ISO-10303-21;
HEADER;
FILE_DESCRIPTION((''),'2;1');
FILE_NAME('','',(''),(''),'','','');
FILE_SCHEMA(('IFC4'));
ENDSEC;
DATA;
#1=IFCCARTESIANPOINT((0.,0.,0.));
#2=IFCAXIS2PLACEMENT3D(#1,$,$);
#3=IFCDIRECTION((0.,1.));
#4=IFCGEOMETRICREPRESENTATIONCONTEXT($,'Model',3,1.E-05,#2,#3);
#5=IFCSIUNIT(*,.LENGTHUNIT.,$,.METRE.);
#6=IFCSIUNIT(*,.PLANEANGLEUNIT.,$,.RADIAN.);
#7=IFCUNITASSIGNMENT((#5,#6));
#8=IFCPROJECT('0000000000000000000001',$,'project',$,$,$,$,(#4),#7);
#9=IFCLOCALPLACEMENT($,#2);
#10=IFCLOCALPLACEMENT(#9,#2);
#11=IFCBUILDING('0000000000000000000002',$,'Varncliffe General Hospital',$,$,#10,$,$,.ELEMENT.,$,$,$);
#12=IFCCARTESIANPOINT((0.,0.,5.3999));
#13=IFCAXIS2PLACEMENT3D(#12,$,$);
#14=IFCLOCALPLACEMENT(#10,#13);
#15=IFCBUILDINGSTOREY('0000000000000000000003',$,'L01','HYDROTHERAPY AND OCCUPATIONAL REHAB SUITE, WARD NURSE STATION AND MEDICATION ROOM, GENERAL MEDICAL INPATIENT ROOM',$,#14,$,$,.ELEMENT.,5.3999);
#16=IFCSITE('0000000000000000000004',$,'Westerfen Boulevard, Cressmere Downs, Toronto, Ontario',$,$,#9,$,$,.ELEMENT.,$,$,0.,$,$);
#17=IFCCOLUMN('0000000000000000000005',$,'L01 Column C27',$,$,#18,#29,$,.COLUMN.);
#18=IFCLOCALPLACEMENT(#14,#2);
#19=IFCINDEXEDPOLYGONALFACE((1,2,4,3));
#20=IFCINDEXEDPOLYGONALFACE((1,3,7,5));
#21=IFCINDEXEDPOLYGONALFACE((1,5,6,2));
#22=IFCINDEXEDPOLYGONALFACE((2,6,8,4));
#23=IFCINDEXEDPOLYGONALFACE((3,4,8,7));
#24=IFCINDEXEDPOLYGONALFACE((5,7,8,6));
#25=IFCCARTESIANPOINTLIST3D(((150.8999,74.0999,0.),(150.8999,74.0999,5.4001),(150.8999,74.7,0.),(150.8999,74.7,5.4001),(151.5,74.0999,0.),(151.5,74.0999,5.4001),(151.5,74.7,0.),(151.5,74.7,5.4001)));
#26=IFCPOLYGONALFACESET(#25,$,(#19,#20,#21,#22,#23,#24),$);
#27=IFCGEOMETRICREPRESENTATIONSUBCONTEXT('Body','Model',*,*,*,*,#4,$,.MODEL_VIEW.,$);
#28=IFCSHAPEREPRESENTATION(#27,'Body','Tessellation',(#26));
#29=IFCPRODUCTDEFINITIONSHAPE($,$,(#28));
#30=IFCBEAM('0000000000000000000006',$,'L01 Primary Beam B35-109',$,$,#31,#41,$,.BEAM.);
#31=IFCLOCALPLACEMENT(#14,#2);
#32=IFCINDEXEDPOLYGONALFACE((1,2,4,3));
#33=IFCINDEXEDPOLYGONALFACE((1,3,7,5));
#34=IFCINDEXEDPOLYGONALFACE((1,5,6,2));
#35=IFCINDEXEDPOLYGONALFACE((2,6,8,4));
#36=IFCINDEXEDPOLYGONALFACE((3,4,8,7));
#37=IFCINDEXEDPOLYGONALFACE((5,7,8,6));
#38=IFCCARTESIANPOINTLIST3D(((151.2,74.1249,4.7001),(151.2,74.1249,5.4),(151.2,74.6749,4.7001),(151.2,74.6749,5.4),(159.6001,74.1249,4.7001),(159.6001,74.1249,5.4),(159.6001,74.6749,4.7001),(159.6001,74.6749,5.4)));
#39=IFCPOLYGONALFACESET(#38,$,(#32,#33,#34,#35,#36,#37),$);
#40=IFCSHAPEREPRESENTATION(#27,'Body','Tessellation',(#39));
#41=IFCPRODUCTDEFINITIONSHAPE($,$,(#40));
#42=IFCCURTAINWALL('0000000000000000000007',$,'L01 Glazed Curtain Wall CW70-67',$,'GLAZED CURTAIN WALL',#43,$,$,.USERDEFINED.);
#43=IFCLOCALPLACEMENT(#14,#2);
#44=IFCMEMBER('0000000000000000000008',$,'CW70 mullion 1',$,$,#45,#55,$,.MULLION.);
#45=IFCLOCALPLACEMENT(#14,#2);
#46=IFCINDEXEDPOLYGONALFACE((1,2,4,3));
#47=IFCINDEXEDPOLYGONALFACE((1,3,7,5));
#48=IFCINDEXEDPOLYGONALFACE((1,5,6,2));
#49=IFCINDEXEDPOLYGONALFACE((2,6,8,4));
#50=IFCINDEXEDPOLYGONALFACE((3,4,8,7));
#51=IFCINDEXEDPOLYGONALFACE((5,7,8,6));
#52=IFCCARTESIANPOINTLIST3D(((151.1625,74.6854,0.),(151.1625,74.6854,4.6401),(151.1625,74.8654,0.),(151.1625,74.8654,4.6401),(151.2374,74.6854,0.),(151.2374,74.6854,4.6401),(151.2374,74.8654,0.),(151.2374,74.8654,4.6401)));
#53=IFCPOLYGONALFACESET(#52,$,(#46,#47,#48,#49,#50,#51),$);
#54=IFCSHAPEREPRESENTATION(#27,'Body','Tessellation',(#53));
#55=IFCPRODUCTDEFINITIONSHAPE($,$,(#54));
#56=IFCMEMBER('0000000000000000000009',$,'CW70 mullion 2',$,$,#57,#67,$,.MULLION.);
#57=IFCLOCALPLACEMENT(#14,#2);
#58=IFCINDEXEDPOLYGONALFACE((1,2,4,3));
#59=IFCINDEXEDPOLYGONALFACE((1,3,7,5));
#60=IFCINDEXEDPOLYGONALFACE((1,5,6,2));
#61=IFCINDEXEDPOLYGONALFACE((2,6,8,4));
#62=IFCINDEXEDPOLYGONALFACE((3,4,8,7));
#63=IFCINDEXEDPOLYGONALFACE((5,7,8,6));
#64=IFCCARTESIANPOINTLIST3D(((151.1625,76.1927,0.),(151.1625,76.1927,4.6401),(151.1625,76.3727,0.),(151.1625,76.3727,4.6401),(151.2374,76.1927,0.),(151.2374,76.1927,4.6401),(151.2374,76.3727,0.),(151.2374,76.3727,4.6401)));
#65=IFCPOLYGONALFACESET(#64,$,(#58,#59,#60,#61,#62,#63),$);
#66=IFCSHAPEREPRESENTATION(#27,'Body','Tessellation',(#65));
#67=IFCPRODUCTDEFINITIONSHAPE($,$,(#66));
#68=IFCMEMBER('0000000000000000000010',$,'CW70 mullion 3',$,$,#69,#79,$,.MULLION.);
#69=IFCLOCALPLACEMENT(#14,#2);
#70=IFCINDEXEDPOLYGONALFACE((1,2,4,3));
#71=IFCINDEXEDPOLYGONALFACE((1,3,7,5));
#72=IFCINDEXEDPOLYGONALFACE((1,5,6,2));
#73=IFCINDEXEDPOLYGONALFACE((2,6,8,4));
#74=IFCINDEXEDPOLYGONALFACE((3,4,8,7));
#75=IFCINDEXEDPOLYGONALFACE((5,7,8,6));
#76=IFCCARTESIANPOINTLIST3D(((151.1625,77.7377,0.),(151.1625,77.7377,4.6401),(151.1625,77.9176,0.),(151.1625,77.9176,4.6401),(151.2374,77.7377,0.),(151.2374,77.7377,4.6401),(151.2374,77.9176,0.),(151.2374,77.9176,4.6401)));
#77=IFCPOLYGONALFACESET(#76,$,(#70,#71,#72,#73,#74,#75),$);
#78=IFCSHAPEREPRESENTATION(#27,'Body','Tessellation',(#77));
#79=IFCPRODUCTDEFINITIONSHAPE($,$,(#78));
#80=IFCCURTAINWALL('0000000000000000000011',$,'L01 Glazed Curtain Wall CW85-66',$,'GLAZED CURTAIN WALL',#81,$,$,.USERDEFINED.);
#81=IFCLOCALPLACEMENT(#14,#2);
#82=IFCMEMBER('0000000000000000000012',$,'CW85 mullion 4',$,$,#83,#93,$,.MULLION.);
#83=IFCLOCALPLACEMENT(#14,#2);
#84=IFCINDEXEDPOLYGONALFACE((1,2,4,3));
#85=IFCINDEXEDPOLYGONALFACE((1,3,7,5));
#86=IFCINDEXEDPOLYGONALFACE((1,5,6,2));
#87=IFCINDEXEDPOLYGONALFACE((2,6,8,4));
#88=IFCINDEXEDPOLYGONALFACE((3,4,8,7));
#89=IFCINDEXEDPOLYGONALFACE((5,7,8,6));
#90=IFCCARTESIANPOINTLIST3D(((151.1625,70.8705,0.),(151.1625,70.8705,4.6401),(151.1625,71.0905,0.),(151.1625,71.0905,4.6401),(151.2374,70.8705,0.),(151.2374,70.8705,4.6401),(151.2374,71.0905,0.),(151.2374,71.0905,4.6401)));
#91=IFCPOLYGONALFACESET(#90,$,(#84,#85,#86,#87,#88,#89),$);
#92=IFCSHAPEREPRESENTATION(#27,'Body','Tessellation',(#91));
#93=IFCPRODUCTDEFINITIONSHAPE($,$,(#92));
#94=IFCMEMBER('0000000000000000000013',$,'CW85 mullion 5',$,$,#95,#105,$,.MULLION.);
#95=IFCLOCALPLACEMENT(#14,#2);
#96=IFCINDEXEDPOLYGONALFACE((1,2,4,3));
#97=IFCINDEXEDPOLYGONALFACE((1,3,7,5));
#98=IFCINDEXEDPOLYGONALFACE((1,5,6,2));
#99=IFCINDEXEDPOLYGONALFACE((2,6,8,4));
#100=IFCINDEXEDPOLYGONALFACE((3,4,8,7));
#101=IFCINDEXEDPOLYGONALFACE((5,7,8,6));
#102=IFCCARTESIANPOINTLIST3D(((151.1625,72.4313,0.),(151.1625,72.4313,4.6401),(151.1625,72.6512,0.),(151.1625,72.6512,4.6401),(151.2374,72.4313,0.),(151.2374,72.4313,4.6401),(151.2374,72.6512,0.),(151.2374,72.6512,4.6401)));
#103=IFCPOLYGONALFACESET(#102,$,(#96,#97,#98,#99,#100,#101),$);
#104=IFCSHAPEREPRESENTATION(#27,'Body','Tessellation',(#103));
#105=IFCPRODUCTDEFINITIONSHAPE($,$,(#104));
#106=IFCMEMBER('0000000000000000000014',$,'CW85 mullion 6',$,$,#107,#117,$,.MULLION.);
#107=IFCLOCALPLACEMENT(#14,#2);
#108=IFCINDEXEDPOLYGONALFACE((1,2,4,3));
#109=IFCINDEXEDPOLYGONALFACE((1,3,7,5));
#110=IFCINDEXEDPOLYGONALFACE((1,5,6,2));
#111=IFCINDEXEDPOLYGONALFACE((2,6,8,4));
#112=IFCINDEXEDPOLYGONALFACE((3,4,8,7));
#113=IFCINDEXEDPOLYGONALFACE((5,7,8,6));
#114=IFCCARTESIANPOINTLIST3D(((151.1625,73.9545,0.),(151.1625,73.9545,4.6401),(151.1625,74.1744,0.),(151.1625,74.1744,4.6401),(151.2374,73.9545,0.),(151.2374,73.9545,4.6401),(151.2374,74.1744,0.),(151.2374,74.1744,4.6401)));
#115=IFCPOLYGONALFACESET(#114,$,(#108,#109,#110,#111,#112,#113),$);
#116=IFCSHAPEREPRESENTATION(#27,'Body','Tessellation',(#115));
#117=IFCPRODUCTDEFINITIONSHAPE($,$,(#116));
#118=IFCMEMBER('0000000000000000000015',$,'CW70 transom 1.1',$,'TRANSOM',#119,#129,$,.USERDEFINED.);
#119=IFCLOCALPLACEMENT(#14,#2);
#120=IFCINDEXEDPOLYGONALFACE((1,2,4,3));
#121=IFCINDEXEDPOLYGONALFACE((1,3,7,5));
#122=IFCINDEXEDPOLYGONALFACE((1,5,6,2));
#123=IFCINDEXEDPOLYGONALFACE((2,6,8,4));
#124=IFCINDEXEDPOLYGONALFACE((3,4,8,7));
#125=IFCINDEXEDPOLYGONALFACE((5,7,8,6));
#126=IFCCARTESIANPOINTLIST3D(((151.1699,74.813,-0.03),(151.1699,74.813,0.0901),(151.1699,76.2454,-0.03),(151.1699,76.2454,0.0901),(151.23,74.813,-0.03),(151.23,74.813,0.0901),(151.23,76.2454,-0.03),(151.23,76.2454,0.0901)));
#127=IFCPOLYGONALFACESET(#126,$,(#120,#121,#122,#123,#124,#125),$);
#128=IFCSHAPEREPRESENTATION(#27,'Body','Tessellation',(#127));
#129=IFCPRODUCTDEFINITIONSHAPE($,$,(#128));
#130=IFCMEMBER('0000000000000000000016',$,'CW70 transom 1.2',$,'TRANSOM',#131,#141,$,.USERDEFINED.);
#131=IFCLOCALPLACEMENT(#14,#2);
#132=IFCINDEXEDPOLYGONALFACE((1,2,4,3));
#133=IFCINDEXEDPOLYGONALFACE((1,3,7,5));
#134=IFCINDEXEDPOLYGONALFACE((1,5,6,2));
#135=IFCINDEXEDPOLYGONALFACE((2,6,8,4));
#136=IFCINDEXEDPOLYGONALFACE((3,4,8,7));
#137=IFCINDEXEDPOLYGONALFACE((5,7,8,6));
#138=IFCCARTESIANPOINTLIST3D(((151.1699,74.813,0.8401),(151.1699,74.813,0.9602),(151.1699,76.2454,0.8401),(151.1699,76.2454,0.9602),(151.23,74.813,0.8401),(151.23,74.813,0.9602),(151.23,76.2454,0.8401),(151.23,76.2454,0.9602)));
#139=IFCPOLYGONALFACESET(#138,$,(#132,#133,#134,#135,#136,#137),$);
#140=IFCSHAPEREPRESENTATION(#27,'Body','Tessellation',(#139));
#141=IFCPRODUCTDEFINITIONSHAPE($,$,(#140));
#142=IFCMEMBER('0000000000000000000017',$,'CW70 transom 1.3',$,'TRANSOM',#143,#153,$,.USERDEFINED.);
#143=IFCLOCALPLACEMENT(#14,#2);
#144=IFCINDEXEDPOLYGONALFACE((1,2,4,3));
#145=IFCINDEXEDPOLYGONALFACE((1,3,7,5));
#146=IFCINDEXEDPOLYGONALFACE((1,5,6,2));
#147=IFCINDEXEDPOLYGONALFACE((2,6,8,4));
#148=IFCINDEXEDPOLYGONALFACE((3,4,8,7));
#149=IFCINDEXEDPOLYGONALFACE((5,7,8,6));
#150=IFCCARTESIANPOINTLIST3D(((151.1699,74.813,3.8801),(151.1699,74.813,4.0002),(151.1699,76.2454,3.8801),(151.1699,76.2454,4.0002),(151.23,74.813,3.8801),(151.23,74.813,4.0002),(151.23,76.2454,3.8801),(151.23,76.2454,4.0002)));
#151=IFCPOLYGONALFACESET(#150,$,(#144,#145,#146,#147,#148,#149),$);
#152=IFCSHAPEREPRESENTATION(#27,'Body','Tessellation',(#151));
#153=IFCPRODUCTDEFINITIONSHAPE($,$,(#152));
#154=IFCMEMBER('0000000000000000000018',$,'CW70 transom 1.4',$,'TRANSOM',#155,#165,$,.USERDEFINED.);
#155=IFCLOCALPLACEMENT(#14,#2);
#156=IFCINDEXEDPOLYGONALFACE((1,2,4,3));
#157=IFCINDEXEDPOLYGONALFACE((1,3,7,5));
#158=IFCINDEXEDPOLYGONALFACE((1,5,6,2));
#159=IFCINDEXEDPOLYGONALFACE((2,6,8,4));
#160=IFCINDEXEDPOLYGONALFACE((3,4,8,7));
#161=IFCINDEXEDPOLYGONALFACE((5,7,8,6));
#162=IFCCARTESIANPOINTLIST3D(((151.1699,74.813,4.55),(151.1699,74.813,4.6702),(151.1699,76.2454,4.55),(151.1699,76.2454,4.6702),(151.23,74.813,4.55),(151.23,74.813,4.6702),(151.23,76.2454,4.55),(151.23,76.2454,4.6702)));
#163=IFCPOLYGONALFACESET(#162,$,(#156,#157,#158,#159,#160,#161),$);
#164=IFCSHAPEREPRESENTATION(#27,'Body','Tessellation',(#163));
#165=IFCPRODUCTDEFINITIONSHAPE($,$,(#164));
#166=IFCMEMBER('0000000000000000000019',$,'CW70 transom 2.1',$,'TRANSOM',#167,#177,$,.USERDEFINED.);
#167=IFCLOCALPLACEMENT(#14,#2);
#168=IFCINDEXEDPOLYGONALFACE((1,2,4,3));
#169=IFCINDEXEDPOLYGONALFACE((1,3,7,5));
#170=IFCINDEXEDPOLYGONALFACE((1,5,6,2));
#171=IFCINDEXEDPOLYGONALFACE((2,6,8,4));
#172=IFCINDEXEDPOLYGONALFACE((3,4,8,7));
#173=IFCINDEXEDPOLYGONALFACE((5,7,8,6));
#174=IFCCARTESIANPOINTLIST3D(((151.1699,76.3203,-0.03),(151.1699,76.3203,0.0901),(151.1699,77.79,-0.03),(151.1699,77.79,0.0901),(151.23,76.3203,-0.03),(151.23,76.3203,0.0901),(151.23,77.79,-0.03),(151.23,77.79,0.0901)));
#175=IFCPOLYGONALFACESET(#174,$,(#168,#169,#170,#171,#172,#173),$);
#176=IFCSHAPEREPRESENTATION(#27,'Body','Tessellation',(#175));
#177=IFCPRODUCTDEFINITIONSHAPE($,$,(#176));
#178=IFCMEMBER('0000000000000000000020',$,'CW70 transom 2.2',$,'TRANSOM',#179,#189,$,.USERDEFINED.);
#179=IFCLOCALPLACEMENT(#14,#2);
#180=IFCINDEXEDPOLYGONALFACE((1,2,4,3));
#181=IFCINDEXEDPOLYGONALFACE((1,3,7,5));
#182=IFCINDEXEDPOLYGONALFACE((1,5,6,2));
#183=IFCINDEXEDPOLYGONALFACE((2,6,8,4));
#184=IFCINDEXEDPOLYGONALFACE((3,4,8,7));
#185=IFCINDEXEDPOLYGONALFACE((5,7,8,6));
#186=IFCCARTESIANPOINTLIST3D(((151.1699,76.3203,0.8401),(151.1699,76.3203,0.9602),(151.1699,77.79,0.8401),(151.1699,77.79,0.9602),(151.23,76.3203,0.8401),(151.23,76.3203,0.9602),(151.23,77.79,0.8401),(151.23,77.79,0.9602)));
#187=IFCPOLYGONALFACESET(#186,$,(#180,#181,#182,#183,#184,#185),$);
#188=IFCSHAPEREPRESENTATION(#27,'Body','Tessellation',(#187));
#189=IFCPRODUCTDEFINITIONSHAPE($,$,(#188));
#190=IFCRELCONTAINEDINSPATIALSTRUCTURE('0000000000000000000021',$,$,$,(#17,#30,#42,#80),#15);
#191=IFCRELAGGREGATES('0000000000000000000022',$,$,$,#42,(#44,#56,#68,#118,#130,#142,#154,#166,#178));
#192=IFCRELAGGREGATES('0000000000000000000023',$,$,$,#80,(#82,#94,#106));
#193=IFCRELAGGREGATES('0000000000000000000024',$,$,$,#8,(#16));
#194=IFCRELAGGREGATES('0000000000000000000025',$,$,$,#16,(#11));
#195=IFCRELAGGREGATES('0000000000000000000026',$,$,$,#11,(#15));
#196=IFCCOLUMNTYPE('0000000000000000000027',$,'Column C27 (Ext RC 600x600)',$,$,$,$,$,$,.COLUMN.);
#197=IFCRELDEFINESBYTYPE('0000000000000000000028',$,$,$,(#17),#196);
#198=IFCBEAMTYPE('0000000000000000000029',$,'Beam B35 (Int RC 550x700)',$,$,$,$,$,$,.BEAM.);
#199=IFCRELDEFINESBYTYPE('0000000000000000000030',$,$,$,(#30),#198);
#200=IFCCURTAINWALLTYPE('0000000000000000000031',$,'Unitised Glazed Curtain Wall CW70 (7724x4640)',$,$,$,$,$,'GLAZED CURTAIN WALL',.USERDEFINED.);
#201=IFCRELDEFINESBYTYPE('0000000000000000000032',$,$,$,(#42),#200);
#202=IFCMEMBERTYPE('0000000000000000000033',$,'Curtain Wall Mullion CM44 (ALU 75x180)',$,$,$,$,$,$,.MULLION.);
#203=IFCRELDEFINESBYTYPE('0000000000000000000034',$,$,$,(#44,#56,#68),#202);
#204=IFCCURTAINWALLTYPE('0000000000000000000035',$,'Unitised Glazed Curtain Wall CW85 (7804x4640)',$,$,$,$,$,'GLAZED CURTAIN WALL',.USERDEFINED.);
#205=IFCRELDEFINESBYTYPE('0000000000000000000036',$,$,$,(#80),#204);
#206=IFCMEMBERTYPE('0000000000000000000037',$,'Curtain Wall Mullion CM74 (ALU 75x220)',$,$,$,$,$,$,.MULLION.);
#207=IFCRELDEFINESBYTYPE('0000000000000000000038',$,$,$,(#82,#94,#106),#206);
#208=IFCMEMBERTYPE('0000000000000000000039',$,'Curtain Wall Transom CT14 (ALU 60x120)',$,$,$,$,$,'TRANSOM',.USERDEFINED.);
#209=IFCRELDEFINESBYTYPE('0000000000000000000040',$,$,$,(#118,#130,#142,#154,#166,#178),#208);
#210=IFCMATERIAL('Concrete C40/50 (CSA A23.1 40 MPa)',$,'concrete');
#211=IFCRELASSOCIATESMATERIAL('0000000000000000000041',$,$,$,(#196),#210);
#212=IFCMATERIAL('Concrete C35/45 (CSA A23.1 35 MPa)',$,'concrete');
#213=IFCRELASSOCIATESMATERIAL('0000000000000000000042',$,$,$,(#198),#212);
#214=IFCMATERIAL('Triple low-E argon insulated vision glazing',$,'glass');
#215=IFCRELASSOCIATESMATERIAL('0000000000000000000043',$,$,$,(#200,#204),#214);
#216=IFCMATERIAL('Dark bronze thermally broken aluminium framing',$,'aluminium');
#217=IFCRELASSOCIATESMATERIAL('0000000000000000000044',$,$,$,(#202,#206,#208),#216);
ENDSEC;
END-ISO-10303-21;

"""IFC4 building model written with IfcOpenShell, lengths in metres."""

from ifc_helpers import new_model, si_unit, direction, frame, origin, origin_2d, place, context, subcontext, project, spatial, rectangle, extrude, material, material_profile, profile_set, type_object, element, aggregate, save


model = new_model("IFC4")

# Units and contexts
model_context = context("Model", 3, precision=1e-05, world=origin(), true_north=direction((0.0, 1.0)))
body_context = subcontext(model_context, "Body", "Model", "MODEL_VIEW")
ifc_project = project(units=[si_unit("LENGTHUNIT", "METRE"), si_unit("PLANEANGLEUNIT", "RADIAN")], contexts=[model_context])

# Site, building, storey
site_placement = place(None, origin())
site = spatial("IfcSite", under=ifc_project, at=site_placement, Name="Westerfen Boulevard, Cressmere Downs, Toronto, Ontario", CompositionType="ELEMENT", RefElevation=0.0)
building_placement = place(site_placement, origin())
building = spatial("IfcBuilding", under=site, at=building_placement, Name="Varncliffe General Hospital", CompositionType="ELEMENT")
storey_placement = place(building_placement, frame((0.0, 0.0, 5.3999)))
storey = spatial("IfcBuildingStorey", under=building, at=storey_placement, Name="L01", Description="HYDROTHERAPY AND OCCUPATIONAL REHAB SUITE, WARD NURSE STATION AND MEDICATION ROOM, GENERAL MEDICAL INPATIENT ROOM", CompositionType="ELEMENT", Elevation=5.3999)

# Column
ifc_material_1 = material(Name="Concrete C40/50 (CSA A23.1 40 MPa)", Category="concrete")
ifc_material_profile_1 = material_profile(ifc_material_1, rectangle(XDim=0.6001, YDim=0.6001, at=origin_2d()), Name="RC 600x600")
ifc_profile_set_1 = profile_set([ifc_material_profile_1], Name="Concrete C40/50 (CSA A23.1 40 MPa)")
column_type = type_object("IfcColumnType", Name="Column C27 (Ext RC 600x600)", PredefinedType="COLUMN", material=ifc_profile_set_1)
column_placement = place(storey_placement, frame((151.2, 74.3999, 0.0), z_axis=(0.0, 0.0, 1.0), x_axis=(1.0, 0.0, 0.0)))
element("IfcColumn", 1, at=column_placement, inside=storey, type_object=column_type, Name="L01 Column C27", PredefinedType="COLUMN", context=body_context, shape_type="SweptSolid", body=[
    extrude(rectangle(XDim=0.6001, YDim=0.6001, at=origin_2d()), origin(), (0.0, 0.0, 1.0), 5.4001),
])

# Beam
ifc_material_2 = material(Name="Concrete C35/45 (CSA A23.1 35 MPa)", Category="concrete")
ifc_material_profile_2 = material_profile(ifc_material_2, rectangle(XDim=0.55, YDim=0.7, at=origin_2d()), Name="RC 550x700")
ifc_profile_set_2 = profile_set([ifc_material_profile_2], Name="Concrete C35/45 (CSA A23.1 35 MPa)")
beam_type_1 = type_object("IfcBeamType", Name="Beam B35 (Int RC 550x700)", PredefinedType="BEAM", material=ifc_profile_set_2)
beam_1_placement = place(storey_placement, frame((151.2, 74.3999, 5.05), z_axis=(1.0, 0.0, 0.0), x_axis=(0.0, 1.0, 0.0)))
element("IfcBeam", 2, at=beam_1_placement, inside=storey, type_object=beam_type_1, Name="L01 Primary Beam B35-109", PredefinedType="BEAM", context=body_context, shape_type="SweptSolid", body=[
    extrude(rectangle(XDim=0.55, YDim=0.7, at=origin_2d()), origin(), (0.0, 0.0, 1.0), 8.4001),
])

# Curtain walls, members
ifc_material_3 = material(Name="Triple low-E argon insulated vision glazing", Category="glass")
curtain_wall_type_1 = type_object("IfcCurtainWallType", Name="Unitised Glazed Curtain Wall CW70 (7724x4640)", ElementType="GLAZED CURTAIN WALL", PredefinedType="USERDEFINED", material=ifc_material_3)
curtain_wall_1_placement = place(storey_placement, origin())
curtain_wall_1 = element("IfcCurtainWall", 3, at=curtain_wall_1_placement, inside=storey, type_object=curtain_wall_type_1, Name="L01 Glazed Curtain Wall CW70-67", ObjectType="GLAZED CURTAIN WALL", PredefinedType="USERDEFINED")
ifc_material_4 = material(Name="Dark bronze thermally broken aluminium framing", Category="aluminium")
ifc_material_profile_3 = material_profile(ifc_material_4, rectangle(XDim=0.075, YDim=0.1799, at=origin_2d()), Name="ALU 75x180")
ifc_profile_set_3 = profile_set([ifc_material_profile_3], Name="Dark bronze thermally broken aluminium framing")
member_type_1 = type_object("IfcMemberType", Name="Curtain Wall Mullion CM44 (ALU 75x180)", PredefinedType="MULLION", material=ifc_profile_set_3)
member_1_placement = place(storey_placement, frame((151.2, 74.7754, 0.0), z_axis=(0.0, 0.0, 1.0), x_axis=(-1.0, 0.0, 0.0)))
member_1 = element("IfcMember", 4, at=member_1_placement, type_object=member_type_1, Name="CW70 mullion 1", PredefinedType="MULLION", context=body_context, shape_type="SweptSolid", body=[
    extrude(rectangle(XDim=0.075, YDim=0.1799, at=origin_2d()), origin(), (0.0, 0.0, 1.0), 4.6401),
])
member_2_placement = place(storey_placement, frame((151.2, 76.2827, 0.0), z_axis=(0.0, 0.0, 1.0), x_axis=(-1.0, 0.0, 0.0)))
member_2 = element("IfcMember", 5, at=member_2_placement, type_object=member_type_1, Name="CW70 mullion 2", PredefinedType="MULLION", context=body_context, shape_type="SweptSolid", body=[
    extrude(rectangle(XDim=0.075, YDim=0.1799, at=origin_2d()), origin(), (0.0, 0.0, 1.0), 4.6401),
])
member_3_placement = place(storey_placement, frame((151.2, 77.8276, 0.0), z_axis=(0.0, 0.0, 1.0), x_axis=(-1.0, 0.0, 0.0)))
member_3 = element("IfcMember", 6, at=member_3_placement, type_object=member_type_1, Name="CW70 mullion 3", PredefinedType="MULLION", context=body_context, shape_type="SweptSolid", body=[
    extrude(rectangle(XDim=0.075, YDim=0.1799, at=origin_2d()), origin(), (0.0, 0.0, 1.0), 4.6401),
])
curtain_wall_type_2 = type_object("IfcCurtainWallType", Name="Unitised Glazed Curtain Wall CW85 (7804x4640)", ElementType="GLAZED CURTAIN WALL", PredefinedType="USERDEFINED", material=ifc_material_3)
curtain_wall_2_placement = place(storey_placement, origin())
curtain_wall_2 = element("IfcCurtainWall", 7, at=curtain_wall_2_placement, inside=storey, type_object=curtain_wall_type_2, Name="L01 Glazed Curtain Wall CW85-66", ObjectType="GLAZED CURTAIN WALL", PredefinedType="USERDEFINED")
ifc_material_profile_4 = material_profile(ifc_material_4, rectangle(XDim=0.075, YDim=0.22, at=origin_2d()), Name="ALU 75x220")
ifc_profile_set_4 = profile_set([ifc_material_profile_4], Name="Dark bronze thermally broken aluminium framing")
member_type_2 = type_object("IfcMemberType", Name="Curtain Wall Mullion CM74 (ALU 75x220)", PredefinedType="MULLION", material=ifc_profile_set_4)
member_4_placement = place(storey_placement, frame((151.2, 70.9805, 0.0), z_axis=(0.0, 0.0, 1.0), x_axis=(-1.0, 0.0, 0.0)))
member_4 = element("IfcMember", 8, at=member_4_placement, type_object=member_type_2, Name="CW85 mullion 4", PredefinedType="MULLION", context=body_context, shape_type="SweptSolid", body=[
    extrude(rectangle(XDim=0.075, YDim=0.22, at=origin_2d()), origin(), (0.0, 0.0, 1.0), 4.6401),
])
member_5_placement = place(storey_placement, frame((151.2, 72.5413, 0.0), z_axis=(0.0, 0.0, 1.0), x_axis=(-1.0, 0.0, 0.0)))
member_5 = element("IfcMember", 9, at=member_5_placement, type_object=member_type_2, Name="CW85 mullion 5", PredefinedType="MULLION", context=body_context, shape_type="SweptSolid", body=[
    extrude(rectangle(XDim=0.075, YDim=0.22, at=origin_2d()), origin(), (0.0, 0.0, 1.0), 4.6401),
])
member_6_placement = place(storey_placement, frame((151.2, 74.0645, 0.0), z_axis=(0.0, 0.0, 1.0), x_axis=(-1.0, 0.0, 0.0)))
member_6 = element("IfcMember", 10, at=member_6_placement, type_object=member_type_2, Name="CW85 mullion 6", PredefinedType="MULLION", context=body_context, shape_type="SweptSolid", body=[
    extrude(rectangle(XDim=0.075, YDim=0.22, at=origin_2d()), origin(), (0.0, 0.0, 1.0), 4.6401),
])

# Members
ifc_material_profile_5 = material_profile(ifc_material_4, rectangle(XDim=0.0601, YDim=0.1201, at=origin_2d()), Name="ALU 60x120")
ifc_profile_set_5 = profile_set([ifc_material_profile_5], Name="Dark bronze thermally broken aluminium framing")
member_type_3 = type_object("IfcMemberType", Name="Curtain Wall Transom CT14 (ALU 60x120)", ElementType="TRANSOM", PredefinedType="USERDEFINED", material=ifc_profile_set_5)
member_7_placement = place(storey_placement, frame((151.2, 74.813, 0.03), z_axis=(0.0, 1.0, 0.0), x_axis=(-1.0, 0.0, 0.0)))
member_7 = element("IfcMember", 11, at=member_7_placement, type_object=member_type_3, Name="CW70 transom 1.1", ObjectType="TRANSOM", PredefinedType="USERDEFINED", context=body_context, shape_type="SweptSolid", body=[
    extrude(rectangle(XDim=0.0601, YDim=0.1201, at=origin_2d()), origin(), (0.0, 0.0, 1.0), 1.4324),
])
member_8_placement = place(storey_placement, frame((151.2, 74.813, 0.9001), z_axis=(0.0, 1.0, 0.0), x_axis=(-1.0, 0.0, 0.0)))
member_8 = element("IfcMember", 12, at=member_8_placement, type_object=member_type_3, Name="CW70 transom 1.2", ObjectType="TRANSOM", PredefinedType="USERDEFINED", context=body_context, shape_type="SweptSolid", body=[
    extrude(rectangle(XDim=0.0601, YDim=0.1201, at=origin_2d()), origin(), (0.0, 0.0, 1.0), 1.4324),
])
member_9_placement = place(storey_placement, frame((151.2, 74.813, 3.9402), z_axis=(0.0, 1.0, 0.0), x_axis=(-1.0, 0.0, 0.0)))
member_9 = element("IfcMember", 13, at=member_9_placement, type_object=member_type_3, Name="CW70 transom 1.3", ObjectType="TRANSOM", PredefinedType="USERDEFINED", context=body_context, shape_type="SweptSolid", body=[
    extrude(rectangle(XDim=0.0601, YDim=0.1201, at=origin_2d()), origin(), (0.0, 0.0, 1.0), 1.4324),
])
member_10_placement = place(storey_placement, frame((151.2, 74.813, 4.6101), z_axis=(0.0, 1.0, 0.0), x_axis=(-1.0, 0.0, 0.0)))
member_10 = element("IfcMember", 14, at=member_10_placement, type_object=member_type_3, Name="CW70 transom 1.4", ObjectType="TRANSOM", PredefinedType="USERDEFINED", context=body_context, shape_type="SweptSolid", body=[
    extrude(rectangle(XDim=0.0601, YDim=0.1201, at=origin_2d()), origin(), (0.0, 0.0, 1.0), 1.4324),
])
member_11_placement = place(storey_placement, frame((151.2, 76.3203, 0.03), z_axis=(0.0, 1.0, 0.0), x_axis=(-1.0, 0.0, 0.0)))
member_11 = element("IfcMember", 15, at=member_11_placement, type_object=member_type_3, Name="CW70 transom 2.1", ObjectType="TRANSOM", PredefinedType="USERDEFINED", context=body_context, shape_type="SweptSolid", body=[
    extrude(rectangle(XDim=0.0601, YDim=0.1201, at=origin_2d()), origin(), (0.0, 0.0, 1.0), 1.4697),
])
member_12_placement = place(storey_placement, frame((151.2, 76.3203, 0.9001), z_axis=(0.0, 1.0, 0.0), x_axis=(-1.0, 0.0, 0.0)))
member_12 = element("IfcMember", 16, at=member_12_placement, type_object=member_type_3, Name="CW70 transom 2.2", ObjectType="TRANSOM", PredefinedType="USERDEFINED", context=body_context, shape_type="SweptSolid", body=[
    extrude(rectangle(XDim=0.0601, YDim=0.1201, at=origin_2d()), origin(), (0.0, 0.0, 1.0), 1.4697),
])

aggregate(curtain_wall_1, [member_1, member_2, member_3, member_7, member_8, member_9, member_10, member_11, member_12])
aggregate(curtain_wall_2, [member_4, member_5, member_6])

save(model, "model.ifc")
